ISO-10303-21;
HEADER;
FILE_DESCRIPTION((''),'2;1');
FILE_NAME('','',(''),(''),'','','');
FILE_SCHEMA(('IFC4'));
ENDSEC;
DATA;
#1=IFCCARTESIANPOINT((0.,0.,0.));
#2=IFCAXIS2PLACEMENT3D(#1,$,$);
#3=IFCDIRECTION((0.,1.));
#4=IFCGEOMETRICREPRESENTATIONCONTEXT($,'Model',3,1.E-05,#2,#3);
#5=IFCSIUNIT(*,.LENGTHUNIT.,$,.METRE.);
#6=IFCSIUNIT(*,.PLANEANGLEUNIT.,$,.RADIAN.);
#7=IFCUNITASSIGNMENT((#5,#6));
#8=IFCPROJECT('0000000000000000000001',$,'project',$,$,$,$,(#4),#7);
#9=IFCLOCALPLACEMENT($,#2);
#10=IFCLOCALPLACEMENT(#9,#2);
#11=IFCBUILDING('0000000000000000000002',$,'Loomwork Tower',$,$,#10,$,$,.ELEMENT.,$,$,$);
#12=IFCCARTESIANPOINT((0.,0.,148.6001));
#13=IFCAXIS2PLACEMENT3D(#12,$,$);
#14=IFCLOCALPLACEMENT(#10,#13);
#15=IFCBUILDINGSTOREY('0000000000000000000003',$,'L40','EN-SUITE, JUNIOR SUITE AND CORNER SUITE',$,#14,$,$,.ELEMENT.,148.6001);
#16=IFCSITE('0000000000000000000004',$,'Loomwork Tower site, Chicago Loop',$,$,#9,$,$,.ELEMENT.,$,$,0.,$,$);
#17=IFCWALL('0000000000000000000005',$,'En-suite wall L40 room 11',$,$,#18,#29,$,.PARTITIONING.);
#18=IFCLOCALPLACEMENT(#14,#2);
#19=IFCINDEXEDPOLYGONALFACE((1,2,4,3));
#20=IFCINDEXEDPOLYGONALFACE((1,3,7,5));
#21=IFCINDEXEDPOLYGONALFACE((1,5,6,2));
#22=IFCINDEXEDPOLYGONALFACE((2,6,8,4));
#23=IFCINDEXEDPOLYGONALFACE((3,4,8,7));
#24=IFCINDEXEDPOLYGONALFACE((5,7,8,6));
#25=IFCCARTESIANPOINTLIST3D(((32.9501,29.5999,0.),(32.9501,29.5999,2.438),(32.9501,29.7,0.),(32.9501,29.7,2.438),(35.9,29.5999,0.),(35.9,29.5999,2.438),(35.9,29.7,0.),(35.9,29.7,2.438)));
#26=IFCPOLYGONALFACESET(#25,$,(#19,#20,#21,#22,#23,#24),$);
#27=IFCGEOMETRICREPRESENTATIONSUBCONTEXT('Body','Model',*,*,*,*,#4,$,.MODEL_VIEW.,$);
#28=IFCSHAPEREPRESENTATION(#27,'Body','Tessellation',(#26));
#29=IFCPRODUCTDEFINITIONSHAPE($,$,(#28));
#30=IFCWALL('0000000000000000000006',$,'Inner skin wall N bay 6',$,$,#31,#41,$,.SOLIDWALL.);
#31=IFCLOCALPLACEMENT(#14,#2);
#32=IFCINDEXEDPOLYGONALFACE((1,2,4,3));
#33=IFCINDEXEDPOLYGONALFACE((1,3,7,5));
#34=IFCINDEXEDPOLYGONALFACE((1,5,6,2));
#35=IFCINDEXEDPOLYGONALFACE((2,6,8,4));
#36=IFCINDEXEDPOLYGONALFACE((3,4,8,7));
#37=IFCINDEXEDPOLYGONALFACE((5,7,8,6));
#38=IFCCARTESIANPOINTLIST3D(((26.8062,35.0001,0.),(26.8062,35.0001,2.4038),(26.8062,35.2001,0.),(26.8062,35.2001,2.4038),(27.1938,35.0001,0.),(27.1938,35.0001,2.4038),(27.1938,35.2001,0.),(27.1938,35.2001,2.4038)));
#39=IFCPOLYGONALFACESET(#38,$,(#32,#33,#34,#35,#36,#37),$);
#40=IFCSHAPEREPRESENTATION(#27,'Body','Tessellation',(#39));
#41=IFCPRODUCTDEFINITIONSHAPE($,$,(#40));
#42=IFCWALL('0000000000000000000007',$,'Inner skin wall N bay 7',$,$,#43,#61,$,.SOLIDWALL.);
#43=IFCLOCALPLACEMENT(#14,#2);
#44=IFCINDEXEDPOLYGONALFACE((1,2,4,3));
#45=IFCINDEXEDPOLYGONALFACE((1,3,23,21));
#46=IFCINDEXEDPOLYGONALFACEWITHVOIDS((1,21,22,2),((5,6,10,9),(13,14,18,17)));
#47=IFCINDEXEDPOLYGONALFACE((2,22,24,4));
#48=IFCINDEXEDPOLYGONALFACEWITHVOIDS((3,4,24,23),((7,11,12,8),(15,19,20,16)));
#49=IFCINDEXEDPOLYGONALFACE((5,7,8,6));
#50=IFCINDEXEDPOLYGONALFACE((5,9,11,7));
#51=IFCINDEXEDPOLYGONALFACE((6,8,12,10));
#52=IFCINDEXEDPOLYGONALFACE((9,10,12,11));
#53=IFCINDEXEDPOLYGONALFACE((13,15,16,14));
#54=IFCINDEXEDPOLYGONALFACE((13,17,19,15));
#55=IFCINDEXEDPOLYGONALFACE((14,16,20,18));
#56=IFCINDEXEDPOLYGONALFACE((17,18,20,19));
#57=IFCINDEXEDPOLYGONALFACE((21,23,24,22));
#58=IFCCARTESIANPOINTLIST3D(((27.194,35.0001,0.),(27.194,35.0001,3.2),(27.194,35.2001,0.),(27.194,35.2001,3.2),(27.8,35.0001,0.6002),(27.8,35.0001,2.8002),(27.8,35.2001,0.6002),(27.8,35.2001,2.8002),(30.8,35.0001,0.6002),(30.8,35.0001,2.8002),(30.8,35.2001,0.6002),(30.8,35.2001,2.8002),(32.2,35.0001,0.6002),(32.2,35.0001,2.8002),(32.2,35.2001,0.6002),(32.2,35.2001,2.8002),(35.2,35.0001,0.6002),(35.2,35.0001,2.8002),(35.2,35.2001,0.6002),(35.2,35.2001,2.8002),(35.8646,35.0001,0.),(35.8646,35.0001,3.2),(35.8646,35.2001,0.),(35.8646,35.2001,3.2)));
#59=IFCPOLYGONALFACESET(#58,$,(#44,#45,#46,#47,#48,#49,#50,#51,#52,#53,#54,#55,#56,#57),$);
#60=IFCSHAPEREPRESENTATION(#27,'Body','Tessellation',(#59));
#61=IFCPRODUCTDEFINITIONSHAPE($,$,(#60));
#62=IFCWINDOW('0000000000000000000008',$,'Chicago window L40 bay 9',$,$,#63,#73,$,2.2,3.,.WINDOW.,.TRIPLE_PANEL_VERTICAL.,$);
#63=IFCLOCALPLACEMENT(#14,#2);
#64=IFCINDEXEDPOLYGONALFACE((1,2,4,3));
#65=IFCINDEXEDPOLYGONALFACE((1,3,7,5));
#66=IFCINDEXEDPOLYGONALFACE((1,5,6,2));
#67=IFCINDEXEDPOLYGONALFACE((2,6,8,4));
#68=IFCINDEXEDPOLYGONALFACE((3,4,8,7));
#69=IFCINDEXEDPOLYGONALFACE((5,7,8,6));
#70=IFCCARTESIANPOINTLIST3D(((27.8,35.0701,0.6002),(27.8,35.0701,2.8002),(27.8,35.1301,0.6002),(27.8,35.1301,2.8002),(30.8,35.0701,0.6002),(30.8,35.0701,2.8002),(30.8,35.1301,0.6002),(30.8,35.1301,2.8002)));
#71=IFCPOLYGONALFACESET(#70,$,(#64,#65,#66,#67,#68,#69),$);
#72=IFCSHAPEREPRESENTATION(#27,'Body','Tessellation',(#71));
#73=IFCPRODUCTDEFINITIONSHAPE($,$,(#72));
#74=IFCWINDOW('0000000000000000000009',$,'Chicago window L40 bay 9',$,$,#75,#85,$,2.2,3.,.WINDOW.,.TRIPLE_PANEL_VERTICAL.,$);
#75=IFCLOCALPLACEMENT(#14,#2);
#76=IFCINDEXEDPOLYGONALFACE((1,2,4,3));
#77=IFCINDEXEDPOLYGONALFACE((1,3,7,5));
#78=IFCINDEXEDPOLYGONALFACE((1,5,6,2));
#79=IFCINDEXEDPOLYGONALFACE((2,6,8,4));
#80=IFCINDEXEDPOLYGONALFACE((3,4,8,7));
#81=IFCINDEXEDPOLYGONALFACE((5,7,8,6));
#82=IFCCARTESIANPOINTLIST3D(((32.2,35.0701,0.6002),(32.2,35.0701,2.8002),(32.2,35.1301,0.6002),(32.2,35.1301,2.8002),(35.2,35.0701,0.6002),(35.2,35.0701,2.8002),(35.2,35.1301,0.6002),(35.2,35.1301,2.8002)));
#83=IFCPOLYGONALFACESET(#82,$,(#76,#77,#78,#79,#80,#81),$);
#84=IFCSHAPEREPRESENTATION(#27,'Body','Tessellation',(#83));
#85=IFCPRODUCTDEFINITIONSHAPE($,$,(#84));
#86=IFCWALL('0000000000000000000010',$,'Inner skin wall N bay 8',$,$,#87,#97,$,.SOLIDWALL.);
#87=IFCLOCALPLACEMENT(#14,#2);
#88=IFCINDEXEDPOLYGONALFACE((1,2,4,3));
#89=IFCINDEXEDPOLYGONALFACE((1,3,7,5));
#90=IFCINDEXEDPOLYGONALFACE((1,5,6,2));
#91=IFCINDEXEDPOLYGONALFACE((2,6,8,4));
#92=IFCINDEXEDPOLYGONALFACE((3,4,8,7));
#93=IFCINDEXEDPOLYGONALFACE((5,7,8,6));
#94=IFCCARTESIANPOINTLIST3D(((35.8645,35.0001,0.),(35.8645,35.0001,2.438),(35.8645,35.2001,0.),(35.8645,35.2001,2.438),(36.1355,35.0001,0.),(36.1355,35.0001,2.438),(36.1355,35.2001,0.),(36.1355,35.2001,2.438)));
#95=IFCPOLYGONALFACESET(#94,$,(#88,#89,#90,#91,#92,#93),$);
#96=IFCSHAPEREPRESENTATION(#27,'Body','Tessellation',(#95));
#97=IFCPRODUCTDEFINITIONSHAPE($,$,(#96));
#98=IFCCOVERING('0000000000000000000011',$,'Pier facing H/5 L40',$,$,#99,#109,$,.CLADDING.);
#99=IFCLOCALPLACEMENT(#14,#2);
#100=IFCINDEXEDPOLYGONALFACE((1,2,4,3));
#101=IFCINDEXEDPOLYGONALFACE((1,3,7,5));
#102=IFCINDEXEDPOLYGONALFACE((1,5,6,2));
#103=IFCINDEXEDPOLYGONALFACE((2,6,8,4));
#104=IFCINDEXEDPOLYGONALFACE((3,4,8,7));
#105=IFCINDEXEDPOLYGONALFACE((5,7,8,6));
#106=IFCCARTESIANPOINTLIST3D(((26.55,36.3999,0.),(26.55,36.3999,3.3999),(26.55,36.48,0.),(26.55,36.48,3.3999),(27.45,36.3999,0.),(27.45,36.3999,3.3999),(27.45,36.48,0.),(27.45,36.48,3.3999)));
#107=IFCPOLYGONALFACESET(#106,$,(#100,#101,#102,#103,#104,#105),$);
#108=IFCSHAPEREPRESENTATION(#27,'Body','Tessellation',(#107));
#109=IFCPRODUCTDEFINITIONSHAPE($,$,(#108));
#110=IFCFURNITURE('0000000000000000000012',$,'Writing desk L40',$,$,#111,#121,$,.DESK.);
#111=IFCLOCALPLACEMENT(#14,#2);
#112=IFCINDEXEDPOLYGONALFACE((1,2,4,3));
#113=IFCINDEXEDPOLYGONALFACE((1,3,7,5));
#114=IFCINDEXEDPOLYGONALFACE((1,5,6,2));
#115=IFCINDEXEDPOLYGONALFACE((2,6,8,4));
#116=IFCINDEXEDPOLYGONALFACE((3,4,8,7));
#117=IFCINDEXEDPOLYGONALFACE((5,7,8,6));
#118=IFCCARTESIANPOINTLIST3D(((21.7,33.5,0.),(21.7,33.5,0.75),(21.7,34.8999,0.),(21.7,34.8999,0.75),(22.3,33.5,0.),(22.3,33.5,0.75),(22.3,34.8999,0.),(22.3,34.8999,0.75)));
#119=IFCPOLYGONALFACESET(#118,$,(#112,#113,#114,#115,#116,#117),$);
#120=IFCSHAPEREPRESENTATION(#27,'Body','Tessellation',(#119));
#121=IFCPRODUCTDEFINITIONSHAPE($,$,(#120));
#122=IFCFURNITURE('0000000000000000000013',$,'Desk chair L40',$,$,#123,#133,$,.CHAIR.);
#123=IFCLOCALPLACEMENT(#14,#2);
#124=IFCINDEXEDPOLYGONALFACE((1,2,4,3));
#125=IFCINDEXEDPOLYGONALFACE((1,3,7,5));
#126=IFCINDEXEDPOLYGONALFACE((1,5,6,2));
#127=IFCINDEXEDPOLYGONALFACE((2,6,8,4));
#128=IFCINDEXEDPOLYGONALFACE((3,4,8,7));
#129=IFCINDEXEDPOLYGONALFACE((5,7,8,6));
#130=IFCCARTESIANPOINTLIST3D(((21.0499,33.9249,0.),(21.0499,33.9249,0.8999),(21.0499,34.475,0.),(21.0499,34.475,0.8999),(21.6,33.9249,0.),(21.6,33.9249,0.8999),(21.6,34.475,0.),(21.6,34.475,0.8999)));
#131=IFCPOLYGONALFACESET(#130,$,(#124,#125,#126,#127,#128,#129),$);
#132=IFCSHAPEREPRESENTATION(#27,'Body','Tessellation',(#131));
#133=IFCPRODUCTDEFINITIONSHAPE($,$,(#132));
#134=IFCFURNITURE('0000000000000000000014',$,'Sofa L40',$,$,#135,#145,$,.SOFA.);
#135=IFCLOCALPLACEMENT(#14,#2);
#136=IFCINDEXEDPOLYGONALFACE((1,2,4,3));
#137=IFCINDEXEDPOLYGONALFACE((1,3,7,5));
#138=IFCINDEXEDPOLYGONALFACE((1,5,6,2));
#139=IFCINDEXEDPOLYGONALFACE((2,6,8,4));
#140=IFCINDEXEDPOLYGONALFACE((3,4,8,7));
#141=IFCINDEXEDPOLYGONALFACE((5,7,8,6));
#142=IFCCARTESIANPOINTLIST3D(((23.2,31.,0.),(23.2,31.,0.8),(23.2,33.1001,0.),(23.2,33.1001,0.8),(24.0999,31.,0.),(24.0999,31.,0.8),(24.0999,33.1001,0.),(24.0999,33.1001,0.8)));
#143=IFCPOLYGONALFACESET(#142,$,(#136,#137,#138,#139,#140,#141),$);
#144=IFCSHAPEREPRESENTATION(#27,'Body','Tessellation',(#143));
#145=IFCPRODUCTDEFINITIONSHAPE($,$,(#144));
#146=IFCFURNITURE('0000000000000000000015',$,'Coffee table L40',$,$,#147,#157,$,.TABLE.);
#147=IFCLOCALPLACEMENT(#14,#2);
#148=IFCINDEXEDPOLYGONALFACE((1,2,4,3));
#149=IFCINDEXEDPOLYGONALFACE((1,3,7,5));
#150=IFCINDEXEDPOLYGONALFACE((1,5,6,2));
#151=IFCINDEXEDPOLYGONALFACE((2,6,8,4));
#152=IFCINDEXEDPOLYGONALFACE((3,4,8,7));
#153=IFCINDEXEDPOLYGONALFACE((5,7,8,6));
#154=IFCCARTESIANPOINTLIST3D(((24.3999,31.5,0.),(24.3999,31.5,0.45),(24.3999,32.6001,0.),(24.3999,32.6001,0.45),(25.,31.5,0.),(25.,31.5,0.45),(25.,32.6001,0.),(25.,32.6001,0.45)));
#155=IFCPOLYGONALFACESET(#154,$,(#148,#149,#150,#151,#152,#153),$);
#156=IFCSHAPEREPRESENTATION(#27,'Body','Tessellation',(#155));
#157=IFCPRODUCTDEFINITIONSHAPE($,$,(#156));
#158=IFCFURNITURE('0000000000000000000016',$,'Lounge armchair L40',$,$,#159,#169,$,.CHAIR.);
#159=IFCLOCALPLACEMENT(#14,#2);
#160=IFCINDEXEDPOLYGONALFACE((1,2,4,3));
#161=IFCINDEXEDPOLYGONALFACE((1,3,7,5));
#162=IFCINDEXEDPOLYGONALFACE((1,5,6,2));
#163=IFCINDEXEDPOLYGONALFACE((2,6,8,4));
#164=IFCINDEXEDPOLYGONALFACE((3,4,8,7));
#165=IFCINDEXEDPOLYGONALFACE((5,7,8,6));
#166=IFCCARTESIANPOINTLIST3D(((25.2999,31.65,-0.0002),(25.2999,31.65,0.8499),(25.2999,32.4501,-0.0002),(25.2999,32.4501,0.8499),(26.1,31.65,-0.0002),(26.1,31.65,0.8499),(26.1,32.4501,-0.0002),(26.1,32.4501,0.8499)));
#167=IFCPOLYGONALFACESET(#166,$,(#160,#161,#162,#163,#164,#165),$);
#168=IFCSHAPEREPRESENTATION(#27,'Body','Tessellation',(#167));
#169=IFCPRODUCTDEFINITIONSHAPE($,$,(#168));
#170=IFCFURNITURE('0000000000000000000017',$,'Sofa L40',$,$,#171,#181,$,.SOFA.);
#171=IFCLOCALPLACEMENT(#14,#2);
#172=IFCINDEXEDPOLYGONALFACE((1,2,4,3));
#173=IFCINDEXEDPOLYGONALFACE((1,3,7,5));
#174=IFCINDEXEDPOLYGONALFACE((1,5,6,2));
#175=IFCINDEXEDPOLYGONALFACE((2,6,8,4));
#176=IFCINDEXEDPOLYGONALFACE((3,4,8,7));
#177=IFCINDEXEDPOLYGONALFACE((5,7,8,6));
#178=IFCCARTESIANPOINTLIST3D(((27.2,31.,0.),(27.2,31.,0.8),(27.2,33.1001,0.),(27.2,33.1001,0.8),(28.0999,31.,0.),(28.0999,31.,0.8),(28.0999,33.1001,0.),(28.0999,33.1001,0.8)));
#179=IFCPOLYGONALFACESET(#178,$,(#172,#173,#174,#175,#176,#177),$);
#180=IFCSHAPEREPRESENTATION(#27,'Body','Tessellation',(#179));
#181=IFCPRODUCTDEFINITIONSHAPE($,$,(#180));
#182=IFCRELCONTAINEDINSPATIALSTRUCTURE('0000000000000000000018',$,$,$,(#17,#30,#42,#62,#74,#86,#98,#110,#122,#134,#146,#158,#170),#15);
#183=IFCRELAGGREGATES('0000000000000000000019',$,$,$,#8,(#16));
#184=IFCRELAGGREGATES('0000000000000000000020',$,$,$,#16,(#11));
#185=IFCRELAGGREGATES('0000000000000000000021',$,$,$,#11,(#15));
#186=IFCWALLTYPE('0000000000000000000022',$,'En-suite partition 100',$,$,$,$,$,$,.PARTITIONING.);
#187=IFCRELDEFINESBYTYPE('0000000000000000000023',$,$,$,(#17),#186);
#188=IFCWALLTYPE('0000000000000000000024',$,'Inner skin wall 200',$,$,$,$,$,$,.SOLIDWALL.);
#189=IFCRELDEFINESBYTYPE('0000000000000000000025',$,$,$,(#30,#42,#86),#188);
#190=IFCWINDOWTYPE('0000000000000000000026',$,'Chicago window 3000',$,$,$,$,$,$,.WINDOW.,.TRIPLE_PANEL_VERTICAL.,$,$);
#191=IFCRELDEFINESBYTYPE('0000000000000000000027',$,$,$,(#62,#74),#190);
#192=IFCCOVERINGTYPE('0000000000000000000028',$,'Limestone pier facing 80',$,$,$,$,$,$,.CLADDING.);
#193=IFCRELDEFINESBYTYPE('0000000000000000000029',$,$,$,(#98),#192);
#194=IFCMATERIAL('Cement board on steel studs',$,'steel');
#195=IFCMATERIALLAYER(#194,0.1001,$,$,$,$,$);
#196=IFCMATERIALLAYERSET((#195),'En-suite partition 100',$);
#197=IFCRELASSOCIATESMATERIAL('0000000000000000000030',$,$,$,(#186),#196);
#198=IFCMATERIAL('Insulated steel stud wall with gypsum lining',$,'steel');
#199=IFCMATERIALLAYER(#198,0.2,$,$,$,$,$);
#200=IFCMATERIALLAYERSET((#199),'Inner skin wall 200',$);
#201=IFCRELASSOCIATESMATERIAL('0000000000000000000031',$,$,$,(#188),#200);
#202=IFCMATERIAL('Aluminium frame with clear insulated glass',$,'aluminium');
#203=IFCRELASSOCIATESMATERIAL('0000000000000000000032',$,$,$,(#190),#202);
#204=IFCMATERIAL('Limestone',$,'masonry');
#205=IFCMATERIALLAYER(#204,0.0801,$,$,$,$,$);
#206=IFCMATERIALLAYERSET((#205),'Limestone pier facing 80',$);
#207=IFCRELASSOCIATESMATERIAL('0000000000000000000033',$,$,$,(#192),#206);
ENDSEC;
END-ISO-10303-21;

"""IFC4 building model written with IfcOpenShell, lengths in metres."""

from ifc_helpers import new_model, si_unit, direction, frame, frame_2d, origin, origin_2d, place, context, subcontext, project, spatial, rectangle, extrude, material, layer, layer_set, type_object, element, fill, save


model = new_model("IFC4")

# Units and contexts
model_context = context("Model", 3, precision=1e-05, world=origin(), true_north=direction((0.0, 1.0)))
body_context = subcontext(model_context, "Body", "Model", "MODEL_VIEW")
ifc_project = project(units=[si_unit("LENGTHUNIT", "METRE"), si_unit("PLANEANGLEUNIT", "RADIAN")], contexts=[model_context])

# Site, building, storey
site_placement = place(None, origin())
site = spatial("IfcSite", under=ifc_project, at=site_placement, Name="Loomwork Tower site, Chicago Loop", CompositionType="ELEMENT", RefElevation=0.0)
building_placement = place(site_placement, origin())
building = spatial("IfcBuilding", under=site, at=building_placement, Name="Loomwork Tower", CompositionType="ELEMENT")
storey_placement = place(building_placement, frame((0.0, 0.0, 148.6001)))
storey = spatial("IfcBuildingStorey", under=building, at=storey_placement, Name="L40", Description="EN-SUITE, JUNIOR SUITE AND CORNER SUITE", CompositionType="ELEMENT", Elevation=148.6001)

# Walls
ifc_material_1 = material(Name="Cement board on steel studs", Category="steel")
ifc_layer_1 = layer(ifc_material_1, 0.1001)
ifc_layer_set_1 = layer_set([ifc_layer_1], Name="En-suite partition 100")
wall_type_1 = type_object("IfcWallType", Name="En-suite partition 100", PredefinedType="PARTITIONING", material=ifc_layer_set_1)
wall_1_placement = place(storey_placement, frame((32.95, 29.6499, 0.0), z_axis=(0.0, 0.0, 1.0), x_axis=(1.0, 0.0, 0.0)))
element("IfcWall", 1, at=wall_1_placement, inside=storey, type_object=wall_type_1, Name="En-suite wall L40 room 11", PredefinedType="PARTITIONING", context=body_context, shape_type="SweptSolid", body=[
    extrude(rectangle(XDim=2.95, YDim=0.1001, at=frame_2d((1.4751, 0.0))), origin(), (0.0, 0.0, 1.0), 2.438),
])
ifc_material_2 = material(Name="Insulated steel stud wall with gypsum lining", Category="steel")
ifc_layer_2 = layer(ifc_material_2, 0.2)
ifc_layer_set_2 = layer_set([ifc_layer_2], Name="Inner skin wall 200")
wall_type_2 = type_object("IfcWallType", Name="Inner skin wall 200", PredefinedType="SOLIDWALL", material=ifc_layer_set_2)
wall_2_placement = place(storey_placement, frame((26.8062, 35.1001, 0.0), z_axis=(0.0, 0.0, 1.0), x_axis=(1.0, 0.0, 0.0)))
element("IfcWall", 2, at=wall_2_placement, inside=storey, type_object=wall_type_2, Name="Inner skin wall N bay 6", PredefinedType="SOLIDWALL", context=body_context, shape_type="SweptSolid", body=[
    extrude(rectangle(XDim=0.3877, YDim=0.2, at=frame_2d((0.1938, 0.0))), origin(), (0.0, 0.0, 1.0), 2.4038),
])

# Wall, openings, windows
wall_3_placement = place(storey_placement, frame((27.1938, 35.1001, 0.0), z_axis=(0.0, 0.0, 1.0), x_axis=(1.0, 0.0, 0.0)))
wall_3 = element("IfcWall", 3, at=wall_3_placement, inside=storey, type_object=wall_type_2, Name="Inner skin wall N bay 7", PredefinedType="SOLIDWALL", context=body_context, shape_type="SweptSolid", body=[
    extrude(rectangle(XDim=8.6707, YDim=0.2, at=frame_2d((4.3354, 0.0))), origin(), (0.0, 0.0, 1.0), 3.2),
])
opening_1_placement = place(wall_3_placement, frame((0.6062, 0.0, 0.6001)))
opening_1 = element("IfcOpeningElement", 4, at=opening_1_placement, cuts=wall_3, PredefinedType="OPENING", context=body_context, shape_type="SweptSolid", body=[
    extrude(rectangle(XDim=3.0, YDim=2.2, at=frame_2d((1.5, 1.1001))), frame((0.0, 0.1099, 0.0), z_axis=(0.0, -1.0, 0.0), x_axis=(1.0, 0.0, 0.0)), (0.0, 0.0, 1.0), 0.22),
])
opening_2_placement = place(wall_3_placement, frame((5.0061, 0.0, 0.6001)))
opening_2 = element("IfcOpeningElement", 5, at=opening_2_placement, cuts=wall_3, PredefinedType="OPENING", context=body_context, shape_type="SweptSolid", body=[
    extrude(rectangle(XDim=3.0, YDim=2.2, at=frame_2d((1.5, 1.1001))), frame((0.0, 0.1099, 0.0), z_axis=(0.0, -1.0, 0.0), x_axis=(1.0, 0.0, 0.0)), (0.0, 0.0, 1.0), 0.22),
])
ifc_material_3 = material(Name="Aluminium frame with clear insulated glass", Category="aluminium")
window_type = type_object("IfcWindowType", Name="Chicago window 3000", PartitioningType="TRIPLE_PANEL_VERTICAL", PredefinedType="WINDOW", material=ifc_material_3)
window_1_placement = place(opening_1_placement, origin())
window_1 = element("IfcWindow", 6, at=window_1_placement, inside=storey, type_object=window_type, Name="Chicago window L40 bay 9", OverallHeight=2.2, OverallWidth=3.0, PartitioningType="TRIPLE_PANEL_VERTICAL", PredefinedType="WINDOW", context=body_context, shape_type="SweptSolid", body=[
    extrude(rectangle(XDim=3.0, YDim=2.2, at=frame_2d((1.5, 1.1001))), frame((0.0, 0.03, 0.0), z_axis=(0.0, -1.0, 0.0), x_axis=(1.0, 0.0, 0.0)), (0.0, 0.0, 1.0), 0.0601),
])
fill(opening_1, window_1)
window_2_placement = place(opening_2_placement, origin())
window_2 = element("IfcWindow", 7, at=window_2_placement, inside=storey, type_object=window_type, Name="Chicago window L40 bay 9", OverallHeight=2.2, OverallWidth=3.0, PartitioningType="TRIPLE_PANEL_VERTICAL", PredefinedType="WINDOW", context=body_context, shape_type="SweptSolid", body=[
    extrude(rectangle(XDim=3.0, YDim=2.2, at=frame_2d((1.5, 1.1001))), frame((0.0, 0.03, 0.0), z_axis=(0.0, -1.0, 0.0), x_axis=(1.0, 0.0, 0.0)), (0.0, 0.0, 1.0), 0.0601),
])
fill(opening_2, window_2)

# Wall
wall_4_placement = place(storey_placement, frame((35.8645, 35.1001, 0.0), z_axis=(0.0, 0.0, 1.0), x_axis=(1.0, 0.0, 0.0)))
element("IfcWall", 8, at=wall_4_placement, inside=storey, type_object=wall_type_2, Name="Inner skin wall N bay 8", PredefinedType="SOLIDWALL", context=body_context, shape_type="SweptSolid", body=[
    extrude(rectangle(XDim=0.271, YDim=0.2, at=frame_2d((0.1355, 0.0))), origin(), (0.0, 0.0, 1.0), 2.438),
])

# Covering
ifc_material_4 = material(Name="Limestone", Category="masonry")
ifc_layer_3 = layer(ifc_material_4, 0.0801)
ifc_layer_set_3 = layer_set([ifc_layer_3], Name="Limestone pier facing 80")
covering_type = type_object("IfcCoveringType", Name="Limestone pier facing 80", PredefinedType="CLADDING", material=ifc_layer_set_3)
covering_placement = place(storey_placement, frame((27.0, 36.4399, 0.0), z_axis=(0.0, 0.0, 1.0), x_axis=(1.0, 0.0, 0.0)))
element("IfcCovering", 9, at=covering_placement, inside=storey, type_object=covering_type, Name="Pier facing H/5 L40", PredefinedType="CLADDING", context=body_context, shape_type="SweptSolid", body=[
    extrude(rectangle(XDim=0.8999, YDim=0.0801, at=origin_2d()), origin(), (0.0, 0.0, 1.0), 3.3999),
])

# Furniture
furniture_1_placement = place(storey_placement, frame((22.0, 34.2, 0.0), z_axis=(0.0, 0.0, 1.0), x_axis=(1.0, 0.0, 0.0)))
element("IfcFurniture", 10, at=furniture_1_placement, inside=storey, Name="Writing desk L40", PredefinedType="DESK", context=body_context, shape_type="SweptSolid", body=[
    extrude(rectangle(XDim=0.6001, YDim=1.3999, at=origin_2d()), origin(), (0.0, 0.0, 1.0), 0.75),
])
furniture_2_placement = place(storey_placement, frame((21.325, 34.2, 0.0), z_axis=(0.0, 0.0, 1.0), x_axis=(1.0, 0.0, 0.0)))
element("IfcFurniture", 11, at=furniture_2_placement, inside=storey, Name="Desk chair L40", PredefinedType="CHAIR", context=body_context, shape_type="SweptSolid", body=[
    extrude(rectangle(XDim=0.55, YDim=0.55, at=origin_2d()), origin(), (0.0, 0.0, 1.0), 0.8999),
])
furniture_3_placement = place(storey_placement, frame((23.6499, 32.05, 0.0), z_axis=(0.0, 0.0, 1.0), x_axis=(1.0, 0.0, 0.0)))
element("IfcFurniture", 12, at=furniture_3_placement, inside=storey, Name="Sofa L40", PredefinedType="SOFA", context=body_context, shape_type="SweptSolid", body=[
    extrude(rectangle(XDim=0.8999, YDim=2.1001, at=origin_2d()), origin(), (0.0, 0.0, 1.0), 0.8),
])
furniture_4_placement = place(storey_placement, frame((24.7, 32.05, 0.0), z_axis=(0.0, 0.0, 1.0), x_axis=(1.0, 0.0, 0.0)))
element("IfcFurniture", 13, at=furniture_4_placement, inside=storey, Name="Coffee table L40", PredefinedType="TABLE", context=body_context, shape_type="SweptSolid", body=[
    extrude(rectangle(XDim=0.6001, YDim=1.1001, at=origin_2d()), origin(), (0.0, 0.0, 1.0), 0.45),
])
furniture_5_placement = place(storey_placement, frame((25.7, 32.05, -0.0002), z_axis=(0.0, 0.0, 1.0), x_axis=(1.0, 0.0, 0.0)))
element("IfcFurniture", 14, at=furniture_5_placement, inside=storey, Name="Lounge armchair L40", PredefinedType="CHAIR", context=body_context, shape_type="SweptSolid", body=[
    extrude(rectangle(XDim=0.8, YDim=0.8, at=origin_2d()), origin(), (0.0, 0.0, 1.0), 0.8501),
])
furniture_6_placement = place(storey_placement, frame((27.6499, 32.05, 0.0), z_axis=(0.0, 0.0, 1.0), x_axis=(1.0, 0.0, 0.0)))
element("IfcFurniture", 15, at=furniture_6_placement, inside=storey, Name="Sofa L40", PredefinedType="SOFA", context=body_context, shape_type="SweptSolid", body=[
    extrude(rectangle(XDim=0.8999, YDim=2.1001, at=origin_2d()), origin(), (0.0, 0.0, 1.0), 0.8),
])

save(model, "model.ifc")
